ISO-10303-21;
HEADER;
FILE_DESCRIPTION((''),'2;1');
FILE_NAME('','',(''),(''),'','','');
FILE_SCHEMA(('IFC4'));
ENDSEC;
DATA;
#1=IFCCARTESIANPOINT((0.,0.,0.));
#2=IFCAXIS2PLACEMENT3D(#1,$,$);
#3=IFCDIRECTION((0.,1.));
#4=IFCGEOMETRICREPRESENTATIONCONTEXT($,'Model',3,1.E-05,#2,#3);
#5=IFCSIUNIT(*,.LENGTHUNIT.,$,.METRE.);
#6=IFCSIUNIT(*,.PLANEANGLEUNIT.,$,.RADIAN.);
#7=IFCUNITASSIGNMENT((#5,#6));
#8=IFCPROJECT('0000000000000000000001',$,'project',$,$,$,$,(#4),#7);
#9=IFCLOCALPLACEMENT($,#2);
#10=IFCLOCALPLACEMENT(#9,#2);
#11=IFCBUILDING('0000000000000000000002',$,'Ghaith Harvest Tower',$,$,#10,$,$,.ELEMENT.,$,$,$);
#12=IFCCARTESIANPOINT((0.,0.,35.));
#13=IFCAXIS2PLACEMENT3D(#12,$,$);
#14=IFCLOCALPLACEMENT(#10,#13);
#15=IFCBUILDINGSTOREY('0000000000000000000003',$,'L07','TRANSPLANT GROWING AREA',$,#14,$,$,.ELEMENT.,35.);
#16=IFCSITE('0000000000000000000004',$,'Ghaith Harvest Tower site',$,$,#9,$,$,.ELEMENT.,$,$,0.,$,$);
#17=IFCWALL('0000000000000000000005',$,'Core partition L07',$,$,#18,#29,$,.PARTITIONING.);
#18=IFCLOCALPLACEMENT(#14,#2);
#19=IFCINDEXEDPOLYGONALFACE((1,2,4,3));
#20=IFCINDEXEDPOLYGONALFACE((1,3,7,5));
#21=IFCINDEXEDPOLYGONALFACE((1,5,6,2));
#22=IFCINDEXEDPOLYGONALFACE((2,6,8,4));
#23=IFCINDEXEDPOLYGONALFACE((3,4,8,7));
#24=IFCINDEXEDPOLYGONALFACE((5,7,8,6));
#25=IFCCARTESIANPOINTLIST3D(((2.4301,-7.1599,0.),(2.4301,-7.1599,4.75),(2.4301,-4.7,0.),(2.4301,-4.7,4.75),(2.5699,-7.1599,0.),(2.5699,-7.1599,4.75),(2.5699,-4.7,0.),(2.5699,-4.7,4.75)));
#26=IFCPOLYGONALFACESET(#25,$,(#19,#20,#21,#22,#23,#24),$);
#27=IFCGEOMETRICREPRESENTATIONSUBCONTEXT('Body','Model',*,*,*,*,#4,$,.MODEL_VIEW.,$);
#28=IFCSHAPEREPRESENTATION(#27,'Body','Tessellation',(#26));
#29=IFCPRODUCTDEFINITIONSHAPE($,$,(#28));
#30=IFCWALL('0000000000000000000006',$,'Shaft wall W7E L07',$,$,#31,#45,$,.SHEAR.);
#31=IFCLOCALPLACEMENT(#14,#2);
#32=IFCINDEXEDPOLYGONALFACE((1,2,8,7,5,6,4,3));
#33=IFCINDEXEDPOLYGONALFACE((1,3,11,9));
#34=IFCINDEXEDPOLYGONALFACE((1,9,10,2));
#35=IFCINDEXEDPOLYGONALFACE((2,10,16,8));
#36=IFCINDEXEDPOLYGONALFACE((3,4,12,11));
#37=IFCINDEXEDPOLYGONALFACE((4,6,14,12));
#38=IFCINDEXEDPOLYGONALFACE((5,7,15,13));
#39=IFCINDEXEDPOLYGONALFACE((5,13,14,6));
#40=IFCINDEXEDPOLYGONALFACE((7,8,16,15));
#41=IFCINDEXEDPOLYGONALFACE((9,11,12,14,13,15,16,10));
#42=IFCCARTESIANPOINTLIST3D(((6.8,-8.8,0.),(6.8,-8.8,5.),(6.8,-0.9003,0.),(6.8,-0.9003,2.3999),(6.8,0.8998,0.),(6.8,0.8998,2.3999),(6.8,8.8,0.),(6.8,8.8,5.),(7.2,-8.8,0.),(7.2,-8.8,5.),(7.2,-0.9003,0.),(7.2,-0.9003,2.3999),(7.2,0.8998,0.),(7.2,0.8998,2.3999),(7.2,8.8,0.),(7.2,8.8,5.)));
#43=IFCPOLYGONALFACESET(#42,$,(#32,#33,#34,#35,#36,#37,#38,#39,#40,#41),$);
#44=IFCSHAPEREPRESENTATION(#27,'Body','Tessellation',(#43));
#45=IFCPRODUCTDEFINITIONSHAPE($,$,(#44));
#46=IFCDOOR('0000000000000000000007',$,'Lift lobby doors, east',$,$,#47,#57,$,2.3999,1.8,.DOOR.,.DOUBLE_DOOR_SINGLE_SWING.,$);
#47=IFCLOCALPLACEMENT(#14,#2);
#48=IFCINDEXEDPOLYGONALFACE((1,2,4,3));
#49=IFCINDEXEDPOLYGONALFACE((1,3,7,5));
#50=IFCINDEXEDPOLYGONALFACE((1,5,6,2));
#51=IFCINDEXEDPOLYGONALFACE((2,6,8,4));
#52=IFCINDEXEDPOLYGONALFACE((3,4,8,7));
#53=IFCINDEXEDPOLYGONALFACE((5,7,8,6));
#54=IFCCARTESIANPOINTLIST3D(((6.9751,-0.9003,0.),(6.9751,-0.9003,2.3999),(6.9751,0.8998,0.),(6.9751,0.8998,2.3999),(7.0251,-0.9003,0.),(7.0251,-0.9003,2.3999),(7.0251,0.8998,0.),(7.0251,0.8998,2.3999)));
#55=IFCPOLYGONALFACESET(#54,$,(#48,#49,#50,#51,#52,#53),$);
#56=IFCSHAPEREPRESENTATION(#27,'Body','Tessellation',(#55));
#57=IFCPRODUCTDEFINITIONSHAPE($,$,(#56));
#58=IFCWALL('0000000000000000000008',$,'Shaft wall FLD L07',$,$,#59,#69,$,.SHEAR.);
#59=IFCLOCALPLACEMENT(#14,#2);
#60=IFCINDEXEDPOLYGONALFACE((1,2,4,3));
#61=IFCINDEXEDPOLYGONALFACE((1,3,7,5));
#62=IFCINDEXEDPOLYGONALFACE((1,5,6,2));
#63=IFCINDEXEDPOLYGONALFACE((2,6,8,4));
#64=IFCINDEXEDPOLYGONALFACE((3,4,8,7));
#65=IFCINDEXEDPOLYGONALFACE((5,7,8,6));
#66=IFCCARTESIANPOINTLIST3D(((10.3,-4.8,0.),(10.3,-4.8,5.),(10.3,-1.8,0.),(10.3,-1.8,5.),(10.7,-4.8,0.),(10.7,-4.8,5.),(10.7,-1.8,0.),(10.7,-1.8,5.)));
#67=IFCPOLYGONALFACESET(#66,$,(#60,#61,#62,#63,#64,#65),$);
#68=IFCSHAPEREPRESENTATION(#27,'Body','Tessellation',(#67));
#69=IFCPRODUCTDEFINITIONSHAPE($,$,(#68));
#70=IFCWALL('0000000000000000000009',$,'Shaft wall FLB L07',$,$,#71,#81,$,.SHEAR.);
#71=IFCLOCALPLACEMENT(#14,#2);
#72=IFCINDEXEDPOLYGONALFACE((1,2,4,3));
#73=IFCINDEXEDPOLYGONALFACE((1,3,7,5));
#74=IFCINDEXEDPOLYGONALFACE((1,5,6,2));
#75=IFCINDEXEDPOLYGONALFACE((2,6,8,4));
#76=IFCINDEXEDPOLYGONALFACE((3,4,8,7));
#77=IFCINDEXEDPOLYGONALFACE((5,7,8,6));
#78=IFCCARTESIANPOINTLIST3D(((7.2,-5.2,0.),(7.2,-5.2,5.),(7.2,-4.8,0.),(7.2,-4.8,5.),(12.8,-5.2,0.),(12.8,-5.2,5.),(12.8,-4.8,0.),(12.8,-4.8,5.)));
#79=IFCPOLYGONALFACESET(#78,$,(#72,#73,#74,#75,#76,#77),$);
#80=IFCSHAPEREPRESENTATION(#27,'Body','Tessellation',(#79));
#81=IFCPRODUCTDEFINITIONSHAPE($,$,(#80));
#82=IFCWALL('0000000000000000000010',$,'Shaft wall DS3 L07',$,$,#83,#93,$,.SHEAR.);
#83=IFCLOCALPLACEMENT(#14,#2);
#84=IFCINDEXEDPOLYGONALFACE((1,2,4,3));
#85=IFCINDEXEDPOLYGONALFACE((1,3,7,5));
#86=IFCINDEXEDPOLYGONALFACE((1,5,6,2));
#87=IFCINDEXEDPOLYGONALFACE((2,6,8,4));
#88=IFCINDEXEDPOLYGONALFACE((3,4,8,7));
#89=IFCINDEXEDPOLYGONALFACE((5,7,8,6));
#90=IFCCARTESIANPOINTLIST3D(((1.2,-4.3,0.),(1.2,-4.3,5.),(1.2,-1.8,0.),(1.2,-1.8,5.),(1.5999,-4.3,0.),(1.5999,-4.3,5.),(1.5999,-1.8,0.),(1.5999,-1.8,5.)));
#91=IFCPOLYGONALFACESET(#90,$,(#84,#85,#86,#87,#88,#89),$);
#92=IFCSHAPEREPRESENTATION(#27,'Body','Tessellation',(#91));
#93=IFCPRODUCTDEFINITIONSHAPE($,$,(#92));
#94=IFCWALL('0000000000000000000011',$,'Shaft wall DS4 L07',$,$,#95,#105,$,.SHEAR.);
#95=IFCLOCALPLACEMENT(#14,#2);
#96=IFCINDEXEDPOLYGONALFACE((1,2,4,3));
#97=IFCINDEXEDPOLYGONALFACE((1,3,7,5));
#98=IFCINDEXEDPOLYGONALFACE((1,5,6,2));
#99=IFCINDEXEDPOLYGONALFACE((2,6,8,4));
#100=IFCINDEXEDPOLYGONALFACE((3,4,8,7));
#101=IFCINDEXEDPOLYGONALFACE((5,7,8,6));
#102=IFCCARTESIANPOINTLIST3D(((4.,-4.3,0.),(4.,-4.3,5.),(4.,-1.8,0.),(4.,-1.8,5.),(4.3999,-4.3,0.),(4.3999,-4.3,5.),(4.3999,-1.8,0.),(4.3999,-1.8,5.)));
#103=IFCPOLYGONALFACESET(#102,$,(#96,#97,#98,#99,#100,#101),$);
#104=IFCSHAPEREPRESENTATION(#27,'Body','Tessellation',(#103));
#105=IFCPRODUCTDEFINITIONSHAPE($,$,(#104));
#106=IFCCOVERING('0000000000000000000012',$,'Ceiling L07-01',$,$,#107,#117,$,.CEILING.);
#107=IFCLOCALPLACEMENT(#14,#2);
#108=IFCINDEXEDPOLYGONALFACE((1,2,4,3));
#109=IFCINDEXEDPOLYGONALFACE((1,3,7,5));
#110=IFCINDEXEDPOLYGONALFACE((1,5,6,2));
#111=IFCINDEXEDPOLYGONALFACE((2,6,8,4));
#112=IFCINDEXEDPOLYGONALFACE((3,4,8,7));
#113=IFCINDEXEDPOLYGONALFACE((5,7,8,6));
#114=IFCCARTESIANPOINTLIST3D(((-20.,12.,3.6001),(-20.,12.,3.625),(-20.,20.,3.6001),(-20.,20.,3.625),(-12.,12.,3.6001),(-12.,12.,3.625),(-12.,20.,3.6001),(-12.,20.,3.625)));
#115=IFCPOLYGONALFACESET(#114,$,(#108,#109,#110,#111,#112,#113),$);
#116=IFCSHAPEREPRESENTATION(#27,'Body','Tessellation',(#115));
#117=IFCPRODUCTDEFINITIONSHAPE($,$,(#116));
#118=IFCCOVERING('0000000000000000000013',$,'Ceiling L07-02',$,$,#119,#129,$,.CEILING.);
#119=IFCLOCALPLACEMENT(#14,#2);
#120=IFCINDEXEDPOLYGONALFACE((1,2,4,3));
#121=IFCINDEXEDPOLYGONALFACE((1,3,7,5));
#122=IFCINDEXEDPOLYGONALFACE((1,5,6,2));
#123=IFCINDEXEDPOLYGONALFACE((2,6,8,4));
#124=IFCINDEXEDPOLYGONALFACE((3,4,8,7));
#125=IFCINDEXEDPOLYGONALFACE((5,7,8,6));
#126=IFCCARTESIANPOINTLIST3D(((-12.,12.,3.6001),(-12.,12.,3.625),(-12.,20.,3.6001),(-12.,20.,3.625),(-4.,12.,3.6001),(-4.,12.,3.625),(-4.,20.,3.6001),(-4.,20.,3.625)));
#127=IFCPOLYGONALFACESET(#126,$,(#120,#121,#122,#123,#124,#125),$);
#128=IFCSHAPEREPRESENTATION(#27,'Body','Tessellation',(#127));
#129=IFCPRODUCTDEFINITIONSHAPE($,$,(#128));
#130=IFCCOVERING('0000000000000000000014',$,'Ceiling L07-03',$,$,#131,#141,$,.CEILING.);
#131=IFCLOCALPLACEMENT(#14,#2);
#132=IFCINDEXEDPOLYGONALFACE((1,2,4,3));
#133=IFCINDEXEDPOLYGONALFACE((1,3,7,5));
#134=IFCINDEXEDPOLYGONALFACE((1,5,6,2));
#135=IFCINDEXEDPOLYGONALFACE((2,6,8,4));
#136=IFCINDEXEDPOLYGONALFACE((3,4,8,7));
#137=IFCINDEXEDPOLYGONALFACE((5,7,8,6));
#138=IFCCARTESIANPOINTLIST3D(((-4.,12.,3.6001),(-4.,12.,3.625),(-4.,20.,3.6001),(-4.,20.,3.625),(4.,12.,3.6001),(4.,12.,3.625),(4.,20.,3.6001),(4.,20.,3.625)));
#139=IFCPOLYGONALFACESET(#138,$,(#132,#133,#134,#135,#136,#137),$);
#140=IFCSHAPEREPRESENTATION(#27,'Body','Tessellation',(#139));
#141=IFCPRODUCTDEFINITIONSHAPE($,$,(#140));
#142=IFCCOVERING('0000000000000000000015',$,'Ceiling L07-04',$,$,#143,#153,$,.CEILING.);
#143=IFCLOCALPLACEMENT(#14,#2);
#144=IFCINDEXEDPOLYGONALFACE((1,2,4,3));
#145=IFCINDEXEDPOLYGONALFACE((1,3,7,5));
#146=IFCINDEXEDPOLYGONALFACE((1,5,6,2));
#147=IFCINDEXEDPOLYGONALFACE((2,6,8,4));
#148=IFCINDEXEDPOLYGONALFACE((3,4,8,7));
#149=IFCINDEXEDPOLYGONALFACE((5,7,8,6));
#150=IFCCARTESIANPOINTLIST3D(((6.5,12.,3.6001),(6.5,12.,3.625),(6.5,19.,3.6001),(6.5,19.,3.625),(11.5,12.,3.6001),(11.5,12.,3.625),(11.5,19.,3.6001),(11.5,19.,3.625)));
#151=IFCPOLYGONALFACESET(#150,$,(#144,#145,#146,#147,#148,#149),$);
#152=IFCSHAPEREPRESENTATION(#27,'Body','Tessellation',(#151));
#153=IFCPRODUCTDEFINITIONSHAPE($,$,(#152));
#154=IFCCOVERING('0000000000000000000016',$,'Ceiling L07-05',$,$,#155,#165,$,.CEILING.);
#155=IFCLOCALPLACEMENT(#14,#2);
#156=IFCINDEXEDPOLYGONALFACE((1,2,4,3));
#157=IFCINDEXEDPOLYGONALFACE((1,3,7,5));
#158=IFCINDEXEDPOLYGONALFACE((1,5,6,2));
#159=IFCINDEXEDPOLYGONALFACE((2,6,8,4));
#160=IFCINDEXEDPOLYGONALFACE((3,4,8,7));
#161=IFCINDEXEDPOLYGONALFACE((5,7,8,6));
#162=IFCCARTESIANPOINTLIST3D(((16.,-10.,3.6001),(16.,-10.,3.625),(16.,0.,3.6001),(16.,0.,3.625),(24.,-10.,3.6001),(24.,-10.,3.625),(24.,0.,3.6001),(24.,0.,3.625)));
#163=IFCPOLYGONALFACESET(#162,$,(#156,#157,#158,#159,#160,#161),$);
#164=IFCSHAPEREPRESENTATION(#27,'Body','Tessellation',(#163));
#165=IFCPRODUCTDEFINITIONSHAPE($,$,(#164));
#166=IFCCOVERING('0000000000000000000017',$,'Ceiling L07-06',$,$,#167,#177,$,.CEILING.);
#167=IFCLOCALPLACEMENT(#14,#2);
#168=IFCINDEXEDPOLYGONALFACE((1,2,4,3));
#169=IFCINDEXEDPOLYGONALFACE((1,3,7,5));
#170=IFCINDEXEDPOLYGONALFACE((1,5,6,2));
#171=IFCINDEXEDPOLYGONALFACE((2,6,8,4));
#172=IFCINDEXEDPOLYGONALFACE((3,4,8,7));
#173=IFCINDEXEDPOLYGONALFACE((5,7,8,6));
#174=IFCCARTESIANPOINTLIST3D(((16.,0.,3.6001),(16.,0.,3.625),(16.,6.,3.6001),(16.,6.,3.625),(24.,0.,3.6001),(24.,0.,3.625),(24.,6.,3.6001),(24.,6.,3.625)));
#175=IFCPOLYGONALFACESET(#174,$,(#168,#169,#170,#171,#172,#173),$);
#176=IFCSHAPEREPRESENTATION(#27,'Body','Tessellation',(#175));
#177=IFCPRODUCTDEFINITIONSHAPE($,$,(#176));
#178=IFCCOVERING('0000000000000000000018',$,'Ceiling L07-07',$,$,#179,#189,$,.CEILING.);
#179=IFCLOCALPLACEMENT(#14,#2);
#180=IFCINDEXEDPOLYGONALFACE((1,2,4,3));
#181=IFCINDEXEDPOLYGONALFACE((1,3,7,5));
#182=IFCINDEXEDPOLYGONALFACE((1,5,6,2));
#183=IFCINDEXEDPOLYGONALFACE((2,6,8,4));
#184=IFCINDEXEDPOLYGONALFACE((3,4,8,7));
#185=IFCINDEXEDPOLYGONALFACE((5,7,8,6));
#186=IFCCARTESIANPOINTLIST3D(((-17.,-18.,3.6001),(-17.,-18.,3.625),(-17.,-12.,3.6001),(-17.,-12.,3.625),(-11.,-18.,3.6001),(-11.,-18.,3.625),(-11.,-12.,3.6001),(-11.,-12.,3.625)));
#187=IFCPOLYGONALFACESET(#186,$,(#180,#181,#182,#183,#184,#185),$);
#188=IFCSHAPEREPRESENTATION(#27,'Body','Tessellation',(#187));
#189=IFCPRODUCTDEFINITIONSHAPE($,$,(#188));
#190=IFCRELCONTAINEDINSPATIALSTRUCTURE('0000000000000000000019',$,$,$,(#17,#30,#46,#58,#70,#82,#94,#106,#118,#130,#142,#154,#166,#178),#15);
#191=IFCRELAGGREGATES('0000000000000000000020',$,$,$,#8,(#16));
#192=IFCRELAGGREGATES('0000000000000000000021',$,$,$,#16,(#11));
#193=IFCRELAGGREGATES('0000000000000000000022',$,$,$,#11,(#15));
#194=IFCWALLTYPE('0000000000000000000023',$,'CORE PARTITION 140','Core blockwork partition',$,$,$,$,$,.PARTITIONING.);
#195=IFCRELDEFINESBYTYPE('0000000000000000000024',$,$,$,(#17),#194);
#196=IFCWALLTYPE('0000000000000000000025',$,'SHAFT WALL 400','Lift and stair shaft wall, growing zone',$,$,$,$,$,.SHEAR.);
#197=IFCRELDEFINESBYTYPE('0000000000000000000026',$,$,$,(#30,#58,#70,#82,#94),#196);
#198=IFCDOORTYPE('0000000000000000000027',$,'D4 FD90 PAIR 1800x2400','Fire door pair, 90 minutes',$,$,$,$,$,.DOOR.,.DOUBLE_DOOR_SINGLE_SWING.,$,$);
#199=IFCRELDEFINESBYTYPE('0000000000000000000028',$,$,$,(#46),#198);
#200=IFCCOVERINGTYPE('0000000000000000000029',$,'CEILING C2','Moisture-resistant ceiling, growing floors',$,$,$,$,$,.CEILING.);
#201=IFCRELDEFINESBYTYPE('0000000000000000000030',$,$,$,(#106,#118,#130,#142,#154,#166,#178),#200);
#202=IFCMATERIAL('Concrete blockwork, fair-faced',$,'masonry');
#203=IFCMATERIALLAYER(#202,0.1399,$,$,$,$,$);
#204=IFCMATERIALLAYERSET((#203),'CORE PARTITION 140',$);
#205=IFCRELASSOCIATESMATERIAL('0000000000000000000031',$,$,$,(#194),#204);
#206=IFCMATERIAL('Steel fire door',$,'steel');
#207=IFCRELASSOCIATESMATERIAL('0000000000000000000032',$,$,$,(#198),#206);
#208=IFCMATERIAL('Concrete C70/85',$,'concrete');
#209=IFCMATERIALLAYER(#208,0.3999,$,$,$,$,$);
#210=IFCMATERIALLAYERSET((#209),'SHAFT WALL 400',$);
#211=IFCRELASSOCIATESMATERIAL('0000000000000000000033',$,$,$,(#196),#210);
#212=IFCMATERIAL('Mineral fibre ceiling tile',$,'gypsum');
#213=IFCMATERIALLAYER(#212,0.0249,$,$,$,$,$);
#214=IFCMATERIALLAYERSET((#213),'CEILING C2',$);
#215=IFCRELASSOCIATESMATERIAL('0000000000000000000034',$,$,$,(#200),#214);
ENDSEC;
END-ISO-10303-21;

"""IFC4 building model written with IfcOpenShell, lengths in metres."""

from ifc_helpers import new_model, si_unit, direction, frame, frame_2d, origin, place, context, subcontext, project, spatial, polyline, rectangle, outline, extrude, material, layer, layer_set, type_object, element, fill, save


model = new_model("IFC4")

# Units and contexts
model_context = context("Model", 3, precision=1e-05, world=origin(), true_north=direction((0.0, 1.0)))
body_context = subcontext(model_context, "Body", "Model", "MODEL_VIEW")
ifc_project = project(units=[si_unit("LENGTHUNIT", "METRE"), si_unit("PLANEANGLEUNIT", "RADIAN")], contexts=[model_context])

# Site, building, storey
site_placement = place(None, origin())
site = spatial("IfcSite", under=ifc_project, at=site_placement, Name="Ghaith Harvest Tower site", CompositionType="ELEMENT", RefElevation=0.0)
building_placement = place(site_placement, origin())
building = spatial("IfcBuilding", under=site, at=building_placement, Name="Ghaith Harvest Tower", CompositionType="ELEMENT")
storey_placement = place(building_placement, frame((0.0, 0.0, 35.0)))
storey = spatial("IfcBuildingStorey", under=building, at=storey_placement, Name="L07", Description="TRANSPLANT GROWING AREA", CompositionType="ELEMENT", Elevation=35.0)

# Wall
ifc_material_1 = material(Name="Concrete blockwork, fair-faced", Category="masonry")
ifc_layer_1 = layer(ifc_material_1, 0.1399)
ifc_layer_set_1 = layer_set([ifc_layer_1], Name="CORE PARTITION 140")
wall_type_1 = type_object("IfcWallType", Name="CORE PARTITION 140", Description="Core blockwork partition", PredefinedType="PARTITIONING", material=ifc_layer_set_1)
wall_1_placement = place(storey_placement, frame((2.5, -4.7, 0.0), z_axis=(0.0, 0.0, 1.0), x_axis=(0.0, -1.0, 0.0)))
element("IfcWall", 1, at=wall_1_placement, inside=storey, type_object=wall_type_1, Name="Core partition L07", PredefinedType="PARTITIONING", context=body_context, shape_type="SweptSolid", body=[
    extrude(rectangle(XDim=2.46, YDim=0.1399, at=frame_2d((1.23, 0.0))), origin(), (0.0, 0.0, 1.0), 4.75),
])

# Wall, opening, door
ifc_material_2 = material(Name="Steel fire door", Category="steel")
door_type_1 = type_object("IfcDoorType", Name="D4 FD90 PAIR 1800x2400", Description="Fire door pair, 90 minutes", OperationType="DOUBLE_DOOR_SINGLE_SWING", PredefinedType="DOOR", material=ifc_material_2)
ifc_material_3 = material(Name="Concrete C70/85", Category="concrete")
ifc_layer_2 = layer(ifc_material_3, 0.3999)
ifc_layer_set_2 = layer_set([ifc_layer_2], Name="SHAFT WALL 400")
wall_type_2 = type_object("IfcWallType", Name="SHAFT WALL 400", Description="Lift and stair shaft wall, growing zone", PredefinedType="SHEAR", material=ifc_layer_set_2)
wall_2_placement = place(storey_placement, frame((7.0, -8.8, 0.0), z_axis=(0.0, 0.0, 1.0), x_axis=(0.0, 1.0, 0.0)))
wall_2 = element("IfcWall", 2, at=wall_2_placement, inside=storey, type_object=wall_type_2, Name="Shaft wall W7E L07", PredefinedType="SHEAR", context=body_context, shape_type="SweptSolid", body=[
    extrude(rectangle(XDim=17.6001, YDim=0.3999, at=frame_2d((8.8, 0.0))), origin(), (0.0, 0.0, 1.0), 5.0),
])
opening_1_placement = place(wall_2_placement, frame((7.8999, 0.0, 0.0)))
opening_1 = element("IfcOpeningElement", 3, at=opening_1_placement, cuts=wall_2, PredefinedType="OPENING", context=body_context, shape_type="SweptSolid", body=[
    extrude(rectangle(XDim=1.8, YDim=2.3999, at=frame_2d((0.8999, 1.2))), frame((0.0, 0.21, 0.0), z_axis=(0.0, -1.0, 0.0), x_axis=(1.0, 0.0, 0.0)), (0.0, 0.0, 1.0), 0.4199),
])
door_1_placement = place(opening_1_placement, origin())
door_1 = element("IfcDoor", 4, at=door_1_placement, inside=storey, type_object=door_type_1, Name="Lift lobby doors, east", OperationType="DOUBLE_DOOR_SINGLE_SWING", OverallHeight=2.3999, OverallWidth=1.8, PredefinedType="DOOR", context=body_context, shape_type="SweptSolid", body=[
    extrude(rectangle(XDim=1.8, YDim=2.3999, at=frame_2d((0.8999, 1.2))), frame((0.0, 0.0249, 0.0), z_axis=(0.0, -1.0, 0.0), x_axis=(1.0, 0.0, 0.0)), (0.0, 0.0, 1.0), 0.05),
])
fill(opening_1, door_1)

# Walls
wall_3_placement = place(storey_placement, frame((10.5, -4.8, 0.0), z_axis=(0.0, 0.0, 1.0), x_axis=(0.0, 1.0, 0.0)))
element("IfcWall", 5, at=wall_3_placement, inside=storey, type_object=wall_type_2, Name="Shaft wall FLD L07", PredefinedType="SHEAR", context=body_context, shape_type="SweptSolid", body=[
    extrude(rectangle(XDim=3.0, YDim=0.3999, at=frame_2d((1.5, 0.0))), origin(), (0.0, 0.0, 1.0), 5.0),
])
wall_4_placement = place(storey_placement, frame((7.2, -5.0, 0.0), z_axis=(0.0, 0.0, 1.0), x_axis=(1.0, 0.0, 0.0)))
element("IfcWall", 6, at=wall_4_placement, inside=storey, type_object=wall_type_2, Name="Shaft wall FLB L07", PredefinedType="SHEAR", context=body_context, shape_type="SweptSolid", body=[
    extrude(rectangle(XDim=5.6001, YDim=0.3999, at=frame_2d((2.8, 0.0))), origin(), (0.0, 0.0, 1.0), 5.0),
])
for number, where, z_axis, x_axis, name in (
    (7, (1.3999, -4.3, 0.0), (0.0, 0.0, 1.0), (0.0, 1.0, 0.0), "Shaft wall DS3 L07"),
    (8, (4.2, -4.3, 0.0), (0.0, 0.0, 1.0), (0.0, 1.0, 0.0), "Shaft wall DS4 L07"),
):
    element("IfcWall", number, at=place(storey_placement, frame(where, z_axis=z_axis, x_axis=x_axis)), inside=storey, type_object=wall_type_2, Name=name, PredefinedType="SHEAR", context=body_context, shape_type="SweptSolid", body=[
        extrude(rectangle(XDim=2.5, YDim=0.3999, at=frame_2d((1.25, 0.0))), origin(), (0.0, 0.0, 1.0), 5.0),
    ])

# Coverings
ifc_material_4 = material(Name="Mineral fibre ceiling tile", Category="gypsum")
ifc_layer_3 = layer(ifc_material_4, 0.0249)
ifc_layer_set_3 = layer_set([ifc_layer_3], Name="CEILING C2")
covering_type = type_object("IfcCoveringType", Name="CEILING C2", Description="Moisture-resistant ceiling, growing floors", PredefinedType="CEILING", material=ifc_layer_set_3)
covering_1_placement = place(storey_placement, frame((0.0, 0.0, 3.6001)))
element("IfcCovering", 9, at=covering_1_placement, inside=storey, type_object=covering_type, Name="Ceiling L07-01", PredefinedType="CEILING", context=body_context, shape_type="SweptSolid", body=[
    extrude(outline(polyline([(-20.0, 12.0), (-12.0, 12.0), (-12.0, 20.0), (-20.0, 20.0), (-20.0, 12.0)])), origin(), (0.0, 0.0, 1.0), 0.0249),
])
covering_2_placement = place(storey_placement, frame((0.0, 0.0, 3.6001)))
element("IfcCovering", 10, at=covering_2_placement, inside=storey, type_object=covering_type, Name="Ceiling L07-02", PredefinedType="CEILING", context=body_context, shape_type="SweptSolid", body=[
    extrude(outline(polyline([(-12.0, 12.0), (-4.0, 12.0), (-4.0, 20.0), (-12.0, 20.0), (-12.0, 12.0)])), origin(), (0.0, 0.0, 1.0), 0.0249),
])
covering_3_placement = place(storey_placement, frame((0.0, 0.0, 3.6001)))
element("IfcCovering", 11, at=covering_3_placement, inside=storey, type_object=covering_type, Name="Ceiling L07-03", PredefinedType="CEILING", context=body_context, shape_type="SweptSolid", body=[
    extrude(outline(polyline([(-4.0, 12.0), (4.0, 12.0), (4.0, 20.0), (-4.0, 20.0), (-4.0, 12.0)])), origin(), (0.0, 0.0, 1.0), 0.0249),
])
covering_4_placement = place(storey_placement, frame((0.0, 0.0, 3.6001)))
element("IfcCovering", 12, at=covering_4_placement, inside=storey, type_object=covering_type, Name="Ceiling L07-04", PredefinedType="CEILING", context=body_context, shape_type="SweptSolid", body=[
    extrude(outline(polyline([(6.5, 12.0), (11.5, 12.0), (11.5, 19.0), (6.5, 19.0), (6.5, 12.0)])), origin(), (0.0, 0.0, 1.0), 0.0249),
])
covering_5_placement = place(storey_placement, frame((0.0, 0.0, 3.6001)))
element("IfcCovering", 13, at=covering_5_placement, inside=storey, type_object=covering_type, Name="Ceiling L07-05", PredefinedType="CEILING", context=body_context, shape_type="SweptSolid", body=[
    extrude(outline(polyline([(16.0, -10.0), (24.0, -10.0), (24.0, 0.0), (16.0, 0.0), (16.0, -10.0)])), origin(), (0.0, 0.0, 1.0), 0.0249),
])
covering_6_placement = place(storey_placement, frame((0.0, 0.0, 3.6001)))
element("IfcCovering", 14, at=covering_6_placement, inside=storey, type_object=covering_type, Name="Ceiling L07-06", PredefinedType="CEILING", context=body_context, shape_type="SweptSolid", body=[
    extrude(outline(polyline([(16.0, 0.0), (24.0, 0.0), (24.0, 6.0), (16.0, 6.0), (16.0, 0.0)])), origin(), (0.0, 0.0, 1.0), 0.0249),
])
covering_7_placement = place(storey_placement, frame((0.0, 0.0, 3.6001)))
element("IfcCovering", 15, at=covering_7_placement, inside=storey, type_object=covering_type, Name="Ceiling L07-07", PredefinedType="CEILING", context=body_context, shape_type="SweptSolid", body=[
    extrude(outline(polyline([(-17.0, -18.0), (-11.0, -18.0), (-11.0, -12.0), (-17.0, -12.0), (-17.0, -18.0)])), origin(), (0.0, 0.0, 1.0), 0.0249),
])

save(model, "model.ifc")
